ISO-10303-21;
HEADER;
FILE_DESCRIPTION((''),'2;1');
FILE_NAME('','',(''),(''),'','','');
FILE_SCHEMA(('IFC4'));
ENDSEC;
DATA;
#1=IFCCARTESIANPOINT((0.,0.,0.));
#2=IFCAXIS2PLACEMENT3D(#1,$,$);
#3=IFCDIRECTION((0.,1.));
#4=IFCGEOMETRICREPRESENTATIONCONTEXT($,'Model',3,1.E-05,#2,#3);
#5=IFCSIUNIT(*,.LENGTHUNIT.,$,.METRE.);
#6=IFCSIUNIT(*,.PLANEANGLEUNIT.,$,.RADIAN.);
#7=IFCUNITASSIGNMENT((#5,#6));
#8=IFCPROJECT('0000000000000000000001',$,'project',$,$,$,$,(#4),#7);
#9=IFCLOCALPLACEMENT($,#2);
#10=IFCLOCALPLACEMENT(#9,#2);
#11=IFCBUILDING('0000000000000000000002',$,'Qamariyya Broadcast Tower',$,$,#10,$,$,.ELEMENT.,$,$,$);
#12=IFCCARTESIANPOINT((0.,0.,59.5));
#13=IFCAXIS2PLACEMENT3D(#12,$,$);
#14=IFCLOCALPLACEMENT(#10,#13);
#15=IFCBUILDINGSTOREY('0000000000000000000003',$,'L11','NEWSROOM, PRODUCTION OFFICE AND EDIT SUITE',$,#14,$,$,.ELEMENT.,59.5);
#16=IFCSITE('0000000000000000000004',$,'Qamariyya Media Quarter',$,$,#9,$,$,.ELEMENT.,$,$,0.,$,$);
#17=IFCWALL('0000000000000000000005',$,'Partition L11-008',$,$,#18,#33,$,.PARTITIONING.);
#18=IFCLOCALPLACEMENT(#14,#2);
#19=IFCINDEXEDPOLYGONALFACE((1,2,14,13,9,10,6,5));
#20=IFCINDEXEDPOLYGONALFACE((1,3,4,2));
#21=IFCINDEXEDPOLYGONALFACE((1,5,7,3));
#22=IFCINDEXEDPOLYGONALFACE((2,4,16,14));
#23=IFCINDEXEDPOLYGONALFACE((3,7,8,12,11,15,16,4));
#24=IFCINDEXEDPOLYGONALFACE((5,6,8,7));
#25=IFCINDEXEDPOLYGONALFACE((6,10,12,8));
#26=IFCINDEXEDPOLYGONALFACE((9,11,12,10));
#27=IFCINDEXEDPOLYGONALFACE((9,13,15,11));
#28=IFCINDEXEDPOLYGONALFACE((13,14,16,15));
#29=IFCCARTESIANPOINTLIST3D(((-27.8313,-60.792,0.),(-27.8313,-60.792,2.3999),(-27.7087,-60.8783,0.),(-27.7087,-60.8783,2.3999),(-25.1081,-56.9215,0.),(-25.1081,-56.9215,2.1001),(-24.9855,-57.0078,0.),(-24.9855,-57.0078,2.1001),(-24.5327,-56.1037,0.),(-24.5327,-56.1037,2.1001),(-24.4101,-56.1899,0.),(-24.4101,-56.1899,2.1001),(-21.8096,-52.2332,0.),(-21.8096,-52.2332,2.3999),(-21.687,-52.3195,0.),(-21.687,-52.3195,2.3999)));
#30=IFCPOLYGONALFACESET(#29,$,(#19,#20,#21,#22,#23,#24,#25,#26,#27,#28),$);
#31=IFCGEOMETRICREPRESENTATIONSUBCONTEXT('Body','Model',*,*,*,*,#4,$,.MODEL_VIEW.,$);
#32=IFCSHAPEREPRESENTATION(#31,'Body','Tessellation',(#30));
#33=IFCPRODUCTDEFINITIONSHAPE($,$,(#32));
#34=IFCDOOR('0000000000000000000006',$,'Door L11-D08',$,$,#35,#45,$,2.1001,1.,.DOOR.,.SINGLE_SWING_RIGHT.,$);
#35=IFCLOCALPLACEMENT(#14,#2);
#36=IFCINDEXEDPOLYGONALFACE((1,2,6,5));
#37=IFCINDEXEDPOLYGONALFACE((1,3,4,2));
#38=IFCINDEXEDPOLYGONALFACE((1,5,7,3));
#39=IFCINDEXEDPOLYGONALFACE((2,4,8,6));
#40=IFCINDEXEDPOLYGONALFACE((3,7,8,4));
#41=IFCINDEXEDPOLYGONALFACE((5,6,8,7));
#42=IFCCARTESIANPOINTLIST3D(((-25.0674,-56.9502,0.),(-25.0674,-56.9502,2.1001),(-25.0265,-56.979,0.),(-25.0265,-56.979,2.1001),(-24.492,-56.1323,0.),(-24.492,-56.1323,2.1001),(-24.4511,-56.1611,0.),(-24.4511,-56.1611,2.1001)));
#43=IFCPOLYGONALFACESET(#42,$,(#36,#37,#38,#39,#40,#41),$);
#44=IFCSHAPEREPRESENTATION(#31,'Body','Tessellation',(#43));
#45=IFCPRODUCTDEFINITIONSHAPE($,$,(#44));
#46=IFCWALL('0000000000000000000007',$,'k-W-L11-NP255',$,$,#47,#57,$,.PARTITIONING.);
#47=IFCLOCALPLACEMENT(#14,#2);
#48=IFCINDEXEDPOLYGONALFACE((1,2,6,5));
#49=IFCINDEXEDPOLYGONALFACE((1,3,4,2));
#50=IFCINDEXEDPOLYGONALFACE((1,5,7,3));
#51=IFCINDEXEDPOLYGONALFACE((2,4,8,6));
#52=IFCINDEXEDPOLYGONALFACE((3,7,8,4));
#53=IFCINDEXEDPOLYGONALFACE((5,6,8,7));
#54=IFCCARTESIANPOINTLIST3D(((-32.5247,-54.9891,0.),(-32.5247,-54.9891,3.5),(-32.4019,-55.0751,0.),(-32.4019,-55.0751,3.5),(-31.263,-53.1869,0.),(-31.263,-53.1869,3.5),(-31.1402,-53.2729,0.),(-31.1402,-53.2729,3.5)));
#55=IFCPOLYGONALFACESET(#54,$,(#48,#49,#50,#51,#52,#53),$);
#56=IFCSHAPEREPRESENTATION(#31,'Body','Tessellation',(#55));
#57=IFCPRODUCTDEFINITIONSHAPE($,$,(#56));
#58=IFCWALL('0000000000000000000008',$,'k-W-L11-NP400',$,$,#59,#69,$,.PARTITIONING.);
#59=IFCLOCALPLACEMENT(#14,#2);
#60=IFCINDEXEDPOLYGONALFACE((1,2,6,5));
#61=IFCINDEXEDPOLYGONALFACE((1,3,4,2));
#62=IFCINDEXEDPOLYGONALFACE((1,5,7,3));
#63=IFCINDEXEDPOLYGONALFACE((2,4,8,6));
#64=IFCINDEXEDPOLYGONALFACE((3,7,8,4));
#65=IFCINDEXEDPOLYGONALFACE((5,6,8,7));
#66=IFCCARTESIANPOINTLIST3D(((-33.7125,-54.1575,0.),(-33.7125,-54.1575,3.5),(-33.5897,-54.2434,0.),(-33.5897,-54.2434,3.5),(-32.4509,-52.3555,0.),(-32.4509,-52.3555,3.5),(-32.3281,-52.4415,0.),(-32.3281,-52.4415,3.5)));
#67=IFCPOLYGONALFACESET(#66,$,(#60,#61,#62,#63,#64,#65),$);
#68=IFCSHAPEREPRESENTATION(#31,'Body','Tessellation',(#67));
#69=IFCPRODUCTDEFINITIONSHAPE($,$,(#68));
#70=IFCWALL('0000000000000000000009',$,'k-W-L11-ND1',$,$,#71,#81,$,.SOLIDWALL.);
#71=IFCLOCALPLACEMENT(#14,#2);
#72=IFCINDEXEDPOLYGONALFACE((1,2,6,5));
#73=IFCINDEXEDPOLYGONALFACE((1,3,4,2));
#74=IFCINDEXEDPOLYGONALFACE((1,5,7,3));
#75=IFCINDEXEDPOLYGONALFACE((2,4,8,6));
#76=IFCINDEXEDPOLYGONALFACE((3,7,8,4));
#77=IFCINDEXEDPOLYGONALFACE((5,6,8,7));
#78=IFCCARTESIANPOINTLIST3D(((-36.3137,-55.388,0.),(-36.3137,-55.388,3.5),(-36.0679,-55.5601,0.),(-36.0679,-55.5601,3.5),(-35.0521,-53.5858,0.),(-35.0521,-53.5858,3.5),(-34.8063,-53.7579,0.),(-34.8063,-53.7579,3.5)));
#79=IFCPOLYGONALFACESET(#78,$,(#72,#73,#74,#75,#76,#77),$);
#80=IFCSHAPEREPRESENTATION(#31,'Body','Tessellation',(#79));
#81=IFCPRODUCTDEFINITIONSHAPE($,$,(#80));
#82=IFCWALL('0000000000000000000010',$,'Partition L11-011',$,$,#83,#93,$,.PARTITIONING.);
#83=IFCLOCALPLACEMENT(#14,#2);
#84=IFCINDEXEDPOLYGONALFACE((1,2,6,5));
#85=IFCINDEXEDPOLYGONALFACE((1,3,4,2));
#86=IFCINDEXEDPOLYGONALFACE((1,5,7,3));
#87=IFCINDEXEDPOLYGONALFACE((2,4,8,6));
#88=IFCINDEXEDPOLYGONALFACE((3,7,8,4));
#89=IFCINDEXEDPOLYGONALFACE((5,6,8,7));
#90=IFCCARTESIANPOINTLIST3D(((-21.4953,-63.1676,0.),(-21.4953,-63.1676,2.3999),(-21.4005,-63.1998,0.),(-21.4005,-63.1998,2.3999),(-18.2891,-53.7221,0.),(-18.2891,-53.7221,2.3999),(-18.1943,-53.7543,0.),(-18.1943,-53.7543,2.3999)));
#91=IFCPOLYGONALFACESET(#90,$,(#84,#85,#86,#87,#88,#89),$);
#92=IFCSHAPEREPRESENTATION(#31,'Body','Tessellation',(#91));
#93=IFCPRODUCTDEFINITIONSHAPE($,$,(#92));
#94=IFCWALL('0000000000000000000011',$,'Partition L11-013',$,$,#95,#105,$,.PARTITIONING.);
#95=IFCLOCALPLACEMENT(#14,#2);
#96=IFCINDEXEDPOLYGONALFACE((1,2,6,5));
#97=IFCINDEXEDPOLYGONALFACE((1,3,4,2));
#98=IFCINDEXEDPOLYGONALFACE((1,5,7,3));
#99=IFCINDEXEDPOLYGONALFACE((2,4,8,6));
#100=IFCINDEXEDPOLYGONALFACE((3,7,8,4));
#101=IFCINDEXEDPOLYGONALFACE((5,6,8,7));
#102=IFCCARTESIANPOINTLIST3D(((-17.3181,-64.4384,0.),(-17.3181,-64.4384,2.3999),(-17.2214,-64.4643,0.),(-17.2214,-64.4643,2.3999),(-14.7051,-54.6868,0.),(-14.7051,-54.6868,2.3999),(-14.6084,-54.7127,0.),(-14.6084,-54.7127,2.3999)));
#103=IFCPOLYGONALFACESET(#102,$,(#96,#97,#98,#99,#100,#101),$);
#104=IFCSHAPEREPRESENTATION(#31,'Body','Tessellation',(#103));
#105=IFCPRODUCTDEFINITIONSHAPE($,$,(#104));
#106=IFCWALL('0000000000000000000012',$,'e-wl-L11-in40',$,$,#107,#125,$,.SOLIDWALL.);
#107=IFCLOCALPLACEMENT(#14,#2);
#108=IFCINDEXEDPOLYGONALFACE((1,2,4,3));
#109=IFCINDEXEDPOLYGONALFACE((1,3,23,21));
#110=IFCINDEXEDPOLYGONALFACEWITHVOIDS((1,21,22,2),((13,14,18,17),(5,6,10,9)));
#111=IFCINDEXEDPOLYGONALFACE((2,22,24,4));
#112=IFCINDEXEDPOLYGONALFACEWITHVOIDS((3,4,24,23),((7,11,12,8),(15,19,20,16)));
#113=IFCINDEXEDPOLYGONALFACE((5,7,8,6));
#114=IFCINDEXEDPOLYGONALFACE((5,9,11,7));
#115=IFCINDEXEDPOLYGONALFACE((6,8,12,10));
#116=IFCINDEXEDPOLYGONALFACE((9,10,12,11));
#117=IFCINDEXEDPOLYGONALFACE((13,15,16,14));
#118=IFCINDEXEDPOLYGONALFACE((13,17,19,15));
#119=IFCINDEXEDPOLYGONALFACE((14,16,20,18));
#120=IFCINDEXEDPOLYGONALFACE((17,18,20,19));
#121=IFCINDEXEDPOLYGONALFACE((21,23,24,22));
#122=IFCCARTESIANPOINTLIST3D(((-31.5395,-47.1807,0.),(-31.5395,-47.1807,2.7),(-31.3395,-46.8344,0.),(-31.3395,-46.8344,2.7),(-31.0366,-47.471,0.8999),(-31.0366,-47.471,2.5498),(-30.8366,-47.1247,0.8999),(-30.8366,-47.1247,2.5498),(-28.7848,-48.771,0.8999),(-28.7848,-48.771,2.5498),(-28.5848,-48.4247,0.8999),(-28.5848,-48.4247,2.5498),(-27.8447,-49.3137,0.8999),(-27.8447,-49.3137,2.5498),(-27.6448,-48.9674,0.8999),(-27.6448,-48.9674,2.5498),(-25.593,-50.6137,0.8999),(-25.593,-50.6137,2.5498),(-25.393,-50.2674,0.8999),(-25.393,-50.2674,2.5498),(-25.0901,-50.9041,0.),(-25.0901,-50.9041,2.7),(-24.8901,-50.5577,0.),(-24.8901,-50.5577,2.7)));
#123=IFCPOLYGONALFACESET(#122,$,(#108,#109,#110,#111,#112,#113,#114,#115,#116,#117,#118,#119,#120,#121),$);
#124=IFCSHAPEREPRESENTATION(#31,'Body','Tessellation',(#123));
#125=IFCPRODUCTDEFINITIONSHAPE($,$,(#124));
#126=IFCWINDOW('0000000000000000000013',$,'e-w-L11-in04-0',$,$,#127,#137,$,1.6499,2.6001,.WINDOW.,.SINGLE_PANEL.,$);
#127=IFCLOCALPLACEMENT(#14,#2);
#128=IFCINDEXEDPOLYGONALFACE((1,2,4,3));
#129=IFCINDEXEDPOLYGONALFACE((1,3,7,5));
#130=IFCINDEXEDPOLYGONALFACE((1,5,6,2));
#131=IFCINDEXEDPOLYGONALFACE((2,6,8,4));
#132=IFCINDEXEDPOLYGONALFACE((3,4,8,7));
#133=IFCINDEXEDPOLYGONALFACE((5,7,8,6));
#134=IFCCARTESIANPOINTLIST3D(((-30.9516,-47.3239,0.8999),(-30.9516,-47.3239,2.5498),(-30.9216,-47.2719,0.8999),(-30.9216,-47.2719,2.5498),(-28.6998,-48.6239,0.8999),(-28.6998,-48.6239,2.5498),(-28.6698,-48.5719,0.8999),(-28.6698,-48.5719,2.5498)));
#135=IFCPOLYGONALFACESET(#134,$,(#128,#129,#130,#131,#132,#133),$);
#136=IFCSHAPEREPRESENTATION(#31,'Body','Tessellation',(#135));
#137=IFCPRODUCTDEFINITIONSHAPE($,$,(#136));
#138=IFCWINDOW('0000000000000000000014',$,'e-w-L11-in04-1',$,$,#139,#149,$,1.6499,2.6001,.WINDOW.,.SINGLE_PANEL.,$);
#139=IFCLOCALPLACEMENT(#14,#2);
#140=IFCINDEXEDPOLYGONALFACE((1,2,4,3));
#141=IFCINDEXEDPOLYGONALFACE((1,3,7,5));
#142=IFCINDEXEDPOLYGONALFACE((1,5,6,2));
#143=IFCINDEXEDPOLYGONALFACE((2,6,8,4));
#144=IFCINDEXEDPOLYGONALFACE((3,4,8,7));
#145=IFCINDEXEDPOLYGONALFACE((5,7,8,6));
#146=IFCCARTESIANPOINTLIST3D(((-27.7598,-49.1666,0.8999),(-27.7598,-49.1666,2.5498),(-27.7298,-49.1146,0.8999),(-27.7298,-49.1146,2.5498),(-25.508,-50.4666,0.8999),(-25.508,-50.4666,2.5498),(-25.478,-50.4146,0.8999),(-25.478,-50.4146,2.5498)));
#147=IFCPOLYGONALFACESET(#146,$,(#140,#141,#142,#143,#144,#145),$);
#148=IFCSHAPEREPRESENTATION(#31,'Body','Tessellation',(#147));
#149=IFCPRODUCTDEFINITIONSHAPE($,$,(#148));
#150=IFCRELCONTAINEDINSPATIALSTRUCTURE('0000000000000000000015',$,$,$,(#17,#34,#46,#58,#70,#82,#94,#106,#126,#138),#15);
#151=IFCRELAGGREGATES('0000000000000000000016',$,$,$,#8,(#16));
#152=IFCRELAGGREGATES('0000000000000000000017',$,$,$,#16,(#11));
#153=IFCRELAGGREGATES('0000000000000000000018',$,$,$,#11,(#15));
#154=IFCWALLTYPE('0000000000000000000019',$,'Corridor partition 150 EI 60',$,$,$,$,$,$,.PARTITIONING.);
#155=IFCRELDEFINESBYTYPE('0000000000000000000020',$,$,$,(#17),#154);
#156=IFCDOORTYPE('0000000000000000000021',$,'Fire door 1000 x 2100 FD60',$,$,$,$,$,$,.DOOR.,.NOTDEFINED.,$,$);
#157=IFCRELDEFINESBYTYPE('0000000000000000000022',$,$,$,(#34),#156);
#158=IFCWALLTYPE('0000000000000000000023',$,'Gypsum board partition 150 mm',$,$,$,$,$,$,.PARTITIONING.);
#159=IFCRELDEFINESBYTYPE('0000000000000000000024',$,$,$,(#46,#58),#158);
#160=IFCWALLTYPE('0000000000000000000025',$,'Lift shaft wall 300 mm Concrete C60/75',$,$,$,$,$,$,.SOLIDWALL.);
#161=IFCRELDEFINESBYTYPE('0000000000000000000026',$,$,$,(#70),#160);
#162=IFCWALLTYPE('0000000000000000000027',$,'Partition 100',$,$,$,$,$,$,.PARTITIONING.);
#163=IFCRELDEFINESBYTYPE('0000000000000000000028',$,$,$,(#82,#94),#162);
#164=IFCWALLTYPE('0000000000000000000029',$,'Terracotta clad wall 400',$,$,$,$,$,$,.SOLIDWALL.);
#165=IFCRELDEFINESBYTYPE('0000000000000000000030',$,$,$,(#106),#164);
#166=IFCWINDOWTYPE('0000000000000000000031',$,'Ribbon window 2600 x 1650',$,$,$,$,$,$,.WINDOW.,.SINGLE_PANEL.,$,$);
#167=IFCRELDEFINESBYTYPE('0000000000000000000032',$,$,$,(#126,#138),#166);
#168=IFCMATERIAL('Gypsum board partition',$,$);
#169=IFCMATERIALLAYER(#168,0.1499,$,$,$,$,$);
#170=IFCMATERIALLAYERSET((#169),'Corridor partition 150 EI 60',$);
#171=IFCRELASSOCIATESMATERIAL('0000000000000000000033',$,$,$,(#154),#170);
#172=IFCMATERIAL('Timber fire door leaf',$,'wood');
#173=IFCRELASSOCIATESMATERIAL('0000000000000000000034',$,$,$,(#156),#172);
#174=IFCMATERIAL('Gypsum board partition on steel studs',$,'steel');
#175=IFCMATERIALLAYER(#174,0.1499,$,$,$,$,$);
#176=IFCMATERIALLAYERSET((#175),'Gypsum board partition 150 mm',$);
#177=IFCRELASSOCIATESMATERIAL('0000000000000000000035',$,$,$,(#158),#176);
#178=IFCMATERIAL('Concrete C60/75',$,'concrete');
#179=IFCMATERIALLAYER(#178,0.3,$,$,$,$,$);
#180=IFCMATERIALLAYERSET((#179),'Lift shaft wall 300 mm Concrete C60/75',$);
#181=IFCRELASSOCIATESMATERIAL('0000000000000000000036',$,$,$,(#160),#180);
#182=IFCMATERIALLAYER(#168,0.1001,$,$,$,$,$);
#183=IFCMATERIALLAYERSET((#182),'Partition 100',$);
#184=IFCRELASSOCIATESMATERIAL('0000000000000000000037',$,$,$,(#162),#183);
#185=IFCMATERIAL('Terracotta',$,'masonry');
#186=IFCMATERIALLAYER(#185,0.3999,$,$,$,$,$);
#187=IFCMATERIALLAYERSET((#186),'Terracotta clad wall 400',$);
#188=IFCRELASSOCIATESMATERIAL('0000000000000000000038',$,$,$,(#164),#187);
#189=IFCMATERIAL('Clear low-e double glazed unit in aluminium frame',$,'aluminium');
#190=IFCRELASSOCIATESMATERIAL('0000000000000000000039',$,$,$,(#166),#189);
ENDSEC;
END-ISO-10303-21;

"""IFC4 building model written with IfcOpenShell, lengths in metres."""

from ifc_helpers import new_model, si_unit, direction, frame, frame_2d, origin, place, context, subcontext, project, spatial, rectangle, extrude, material, layer, layer_set, type_object, element, fill, save


model = new_model("IFC4")

# Units and contexts
model_context = context("Model", 3, precision=1e-05, world=origin(), true_north=direction((0.0, 1.0)))
body_context = subcontext(model_context, "Body", "Model", "MODEL_VIEW")
ifc_project = project(units=[si_unit("LENGTHUNIT", "METRE"), si_unit("PLANEANGLEUNIT", "RADIAN")], contexts=[model_context])

# Site, building, storey
site_placement = place(None, origin())
site = spatial("IfcSite", under=ifc_project, at=site_placement, Name="Qamariyya Media Quarter", CompositionType="ELEMENT", RefElevation=0.0)
building_placement = place(site_placement, origin())
building = spatial("IfcBuilding", under=site, at=building_placement, Name="Qamariyya Broadcast Tower", CompositionType="ELEMENT")
storey_placement = place(building_placement, frame((0.0, 0.0, 59.5)))
storey = spatial("IfcBuildingStorey", under=building, at=storey_placement, Name="L11", Description="NEWSROOM, PRODUCTION OFFICE AND EDIT SUITE", CompositionType="ELEMENT", Elevation=59.5)

# Wall, opening, door
ifc_material_1 = material(Name="Gypsum board partition")
ifc_layer_1 = layer(ifc_material_1, 0.1499)
ifc_layer_set_1 = layer_set([ifc_layer_1], Name="Corridor partition 150 EI 60")
wall_type_1 = type_object("IfcWallType", Name="Corridor partition 150 EI 60", PredefinedType="PARTITIONING", material=ifc_layer_set_1)
wall_1_placement = place(storey_placement, frame((-21.7483, -52.2764, 0.0), z_axis=(0.0, 0.0, 1.0), x_axis=(-0.575419, -0.817858, 0.0)))
wall_1 = element("IfcWall", 1, at=wall_1_placement, inside=storey, type_object=wall_type_1, Name="Partition L11-008", PredefinedType="PARTITIONING", context=body_context, shape_type="SweptSolid", body=[
    extrude(rectangle(XDim=10.4648, YDim=0.1499, at=frame_2d((5.2324, 0.0))), origin(), (0.0, 0.0, 1.0), 2.3999),
])
opening_1_placement = place(wall_1_placement, frame((4.7324, 0.0, 0.0)))
opening_1 = element("IfcOpeningElement", 2, at=opening_1_placement, cuts=wall_1, PredefinedType="OPENING", context=body_context, shape_type="SweptSolid", body=[
    extrude(rectangle(XDim=1.0, YDim=2.1001, at=frame_2d((0.5, 1.05))), frame((0.0, 0.085, 0.0), z_axis=(0.0, -1.0, 0.0), x_axis=(1.0, 0.0, 0.0)), (0.0, 0.0, 1.0), 0.1699),
])
ifc_material_2 = material(Name="Timber fire door leaf", Category="wood")
door_type_1 = type_object("IfcDoorType", Name="Fire door 1000 x 2100 FD60", OperationType="NOTDEFINED", PredefinedType="DOOR", material=ifc_material_2)
door_1_placement = place(opening_1_placement, origin())
door_1 = element("IfcDoor", 3, at=door_1_placement, inside=storey, type_object=door_type_1, Name="Door L11-D08", OperationType="SINGLE_SWING_RIGHT", OverallHeight=2.1001, OverallWidth=1.0, PredefinedType="DOOR", context=body_context, shape_type="SweptSolid", body=[
    extrude(rectangle(XDim=1.0, YDim=2.1001, at=frame_2d((0.5, 1.05))), frame((0.0, 0.0249, 0.0), z_axis=(0.0, -1.0, 0.0), x_axis=(1.0, 0.0, 0.0)), (0.0, 0.0, 1.0), 0.05),
])
fill(opening_1, door_1)

# Walls
ifc_material_3 = material(Name="Gypsum board partition on steel studs", Category="steel")
ifc_layer_2 = layer(ifc_material_3, 0.1499)
ifc_layer_set_2 = layer_set([ifc_layer_2], Name="Gypsum board partition 150 mm")
wall_type_2 = type_object("IfcWallType", Name="Gypsum board partition 150 mm", PredefinedType="PARTITIONING", material=ifc_layer_set_2)
wall_2_placement = place(storey_placement, frame((-32.4634, -55.0322, 0.0), z_axis=(0.0, 0.0, 1.0), x_axis=(0.573507, 0.819201, 0.0)))
element("IfcWall", 4, at=wall_2_placement, inside=storey, type_object=wall_type_2, Name="k-W-L11-NP255", PredefinedType="PARTITIONING", context=body_context, shape_type="SweptSolid", body=[
    extrude(rectangle(XDim=2.2, YDim=0.1499, at=frame_2d((1.1001, 0.0))), origin(), (0.0, 0.0, 1.0), 3.5),
])
wall_3_placement = place(storey_placement, frame((-33.6511, -54.2004, 0.0), z_axis=(0.0, 0.0, 1.0), x_axis=(0.573559, 0.819164, 0.0)))
element("IfcWall", 5, at=wall_3_placement, inside=storey, type_object=wall_type_2, Name="k-W-L11-NP400", PredefinedType="PARTITIONING", context=body_context, shape_type="SweptSolid", body=[
    extrude(rectangle(XDim=2.1997, YDim=0.1499, at=frame_2d((1.0999, 0.0))), origin(), (0.0, 0.0, 1.0), 3.5),
])
ifc_material_4 = material(Name="Concrete C60/75", Category="concrete")
ifc_layer_3 = layer(ifc_material_4, 0.3)
ifc_layer_set_3 = layer_set([ifc_layer_3], Name="Lift shaft wall 300 mm Concrete C60/75")
wall_type_3 = type_object("IfcWallType", Name="Lift shaft wall 300 mm Concrete C60/75", PredefinedType="SOLIDWALL", material=ifc_layer_set_3)
wall_4_placement = place(storey_placement, frame((-36.1909, -55.4741, 0.0), z_axis=(0.0, 0.0, 1.0), x_axis=(0.573507, 0.819201, 0.0)))
element("IfcWall", 6, at=wall_4_placement, inside=storey, type_object=wall_type_3, Name="k-W-L11-ND1", PredefinedType="SOLIDWALL", context=body_context, shape_type="SweptSolid", body=[
    extrude(rectangle(XDim=2.2, YDim=0.3, at=frame_2d((1.1001, 0.0))), origin(), (0.0, 0.0, 1.0), 3.5),
])
ifc_layer_4 = layer(ifc_material_1, 0.1001)
ifc_layer_set_4 = layer_set([ifc_layer_4], Name="Partition 100")
wall_type_4 = type_object("IfcWallType", Name="Partition 100", PredefinedType="PARTITIONING", material=ifc_layer_set_4)
wall_5_placement = place(storey_placement, frame((-18.2417, -53.7383, 0.0), z_axis=(0.0, 0.0, 1.0), x_axis=(-0.321436, -0.946931, 0.0)))
element("IfcWall", 7, at=wall_5_placement, inside=storey, type_object=wall_type_4, Name="Partition L11-011", PredefinedType="PARTITIONING", context=body_context, shape_type="SweptSolid", body=[
    extrude(rectangle(XDim=9.9749, YDim=0.1001, at=frame_2d((4.9873, 0.0))), origin(), (0.0, 0.0, 1.0), 2.3999),
])
wall_6_placement = place(storey_placement, frame((-14.6567, -54.6997, 0.0), z_axis=(0.0, 0.0, 1.0), x_axis=(-0.258826, -0.965924, 0.0)))
element("IfcWall", 8, at=wall_6_placement, inside=storey, type_object=wall_type_4, Name="Partition L11-013", PredefinedType="PARTITIONING", context=body_context, shape_type="SweptSolid", body=[
    extrude(rectangle(XDim=10.0957, YDim=0.1001, at=frame_2d((5.0479, 0.0))), origin(), (0.0, 0.0, 1.0), 2.3999),
])

# Wall, openings, windows
ifc_material_5 = material(Name="Terracotta", Category="masonry")
ifc_layer_5 = layer(ifc_material_5, 0.3999)
ifc_layer_set_5 = layer_set([ifc_layer_5], Name="Terracotta clad wall 400")
wall_type_5 = type_object("IfcWallType", Name="Terracotta clad wall 400", PredefinedType="SOLIDWALL", material=ifc_layer_set_5)
wall_7_placement = place(storey_placement, frame((-24.99, -50.731, 0.0), z_axis=(0.0, 0.0, 1.0), x_axis=(-0.866038, 0.499979, 0.0)))
wall_7 = element("IfcWall", 9, at=wall_7_placement, inside=storey, type_object=wall_type_5, Name="e-wl-L11-in40", PredefinedType="SOLIDWALL", context=body_context, shape_type="SweptSolid", body=[
    extrude(rectangle(XDim=7.447, YDim=0.3999, at=frame_2d((3.7236, 0.0))), origin(), (0.0, 0.0, 1.0), 2.7),
])
opening_2_placement = place(wall_7_placement, frame((4.2664, 0.0, 0.8999)))
opening_2 = element("IfcOpeningElement", 10, at=opening_2_placement, cuts=wall_7, PredefinedType="OPENING", context=body_context, shape_type="SweptSolid", body=[
    extrude(rectangle(XDim=2.6001, YDim=1.6499, at=frame_2d((1.3, 0.825))), frame((0.0, 0.21, 0.0), z_axis=(0.0, -1.0, 0.0), x_axis=(1.0, 0.0, 0.0)), (0.0, 0.0, 1.0), 0.4199),
])
opening_3_placement = place(wall_7_placement, frame((0.5808, 0.0, 0.8999)))
opening_3 = element("IfcOpeningElement", 11, at=opening_3_placement, cuts=wall_7, PredefinedType="OPENING", context=body_context, shape_type="SweptSolid", body=[
    extrude(rectangle(XDim=2.6001, YDim=1.6499, at=frame_2d((1.3, 0.825))), frame((0.0, 0.21, 0.0), z_axis=(0.0, -1.0, 0.0), x_axis=(1.0, 0.0, 0.0)), (0.0, 0.0, 1.0), 0.4199),
])
ifc_material_6 = material(Name="Clear low-e double glazed unit in aluminium frame", Category="aluminium")
window_type = type_object("IfcWindowType", Name="Ribbon window 2600 x 1650", PartitioningType="SINGLE_PANEL", PredefinedType="WINDOW", material=ifc_material_6)
window_1_placement = place(opening_2_placement, origin())
window_1 = element("IfcWindow", 12, at=window_1_placement, inside=storey, type_object=window_type, Name="e-w-L11-in04-0", OverallHeight=1.6499, OverallWidth=2.6001, PartitioningType="SINGLE_PANEL", PredefinedType="WINDOW", context=body_context, shape_type="SweptSolid", body=[
    extrude(rectangle(XDim=2.6001, YDim=1.6499, at=frame_2d((1.3, 0.825))), frame((0.0, 0.03, 0.0), z_axis=(0.0, -1.0, 0.0), x_axis=(1.0, 0.0, 0.0)), (0.0, 0.0, 1.0), 0.0601),
])
fill(opening_2, window_1)
window_2_placement = place(opening_3_placement, origin())
window_2 = element("IfcWindow", 13, at=window_2_placement, inside=storey, type_object=window_type, Name="e-w-L11-in04-1", OverallHeight=1.6499, OverallWidth=2.6001, PartitioningType="SINGLE_PANEL", PredefinedType="WINDOW", context=body_context, shape_type="SweptSolid", body=[
    extrude(rectangle(XDim=2.6001, YDim=1.6499, at=frame_2d((1.3, 0.825))), frame((0.0, 0.03, 0.0), z_axis=(0.0, -1.0, 0.0), x_axis=(1.0, 0.0, 0.0)), (0.0, 0.0, 1.0), 0.0601),
])
fill(opening_3, window_2)

save(model, "model.ifc")
